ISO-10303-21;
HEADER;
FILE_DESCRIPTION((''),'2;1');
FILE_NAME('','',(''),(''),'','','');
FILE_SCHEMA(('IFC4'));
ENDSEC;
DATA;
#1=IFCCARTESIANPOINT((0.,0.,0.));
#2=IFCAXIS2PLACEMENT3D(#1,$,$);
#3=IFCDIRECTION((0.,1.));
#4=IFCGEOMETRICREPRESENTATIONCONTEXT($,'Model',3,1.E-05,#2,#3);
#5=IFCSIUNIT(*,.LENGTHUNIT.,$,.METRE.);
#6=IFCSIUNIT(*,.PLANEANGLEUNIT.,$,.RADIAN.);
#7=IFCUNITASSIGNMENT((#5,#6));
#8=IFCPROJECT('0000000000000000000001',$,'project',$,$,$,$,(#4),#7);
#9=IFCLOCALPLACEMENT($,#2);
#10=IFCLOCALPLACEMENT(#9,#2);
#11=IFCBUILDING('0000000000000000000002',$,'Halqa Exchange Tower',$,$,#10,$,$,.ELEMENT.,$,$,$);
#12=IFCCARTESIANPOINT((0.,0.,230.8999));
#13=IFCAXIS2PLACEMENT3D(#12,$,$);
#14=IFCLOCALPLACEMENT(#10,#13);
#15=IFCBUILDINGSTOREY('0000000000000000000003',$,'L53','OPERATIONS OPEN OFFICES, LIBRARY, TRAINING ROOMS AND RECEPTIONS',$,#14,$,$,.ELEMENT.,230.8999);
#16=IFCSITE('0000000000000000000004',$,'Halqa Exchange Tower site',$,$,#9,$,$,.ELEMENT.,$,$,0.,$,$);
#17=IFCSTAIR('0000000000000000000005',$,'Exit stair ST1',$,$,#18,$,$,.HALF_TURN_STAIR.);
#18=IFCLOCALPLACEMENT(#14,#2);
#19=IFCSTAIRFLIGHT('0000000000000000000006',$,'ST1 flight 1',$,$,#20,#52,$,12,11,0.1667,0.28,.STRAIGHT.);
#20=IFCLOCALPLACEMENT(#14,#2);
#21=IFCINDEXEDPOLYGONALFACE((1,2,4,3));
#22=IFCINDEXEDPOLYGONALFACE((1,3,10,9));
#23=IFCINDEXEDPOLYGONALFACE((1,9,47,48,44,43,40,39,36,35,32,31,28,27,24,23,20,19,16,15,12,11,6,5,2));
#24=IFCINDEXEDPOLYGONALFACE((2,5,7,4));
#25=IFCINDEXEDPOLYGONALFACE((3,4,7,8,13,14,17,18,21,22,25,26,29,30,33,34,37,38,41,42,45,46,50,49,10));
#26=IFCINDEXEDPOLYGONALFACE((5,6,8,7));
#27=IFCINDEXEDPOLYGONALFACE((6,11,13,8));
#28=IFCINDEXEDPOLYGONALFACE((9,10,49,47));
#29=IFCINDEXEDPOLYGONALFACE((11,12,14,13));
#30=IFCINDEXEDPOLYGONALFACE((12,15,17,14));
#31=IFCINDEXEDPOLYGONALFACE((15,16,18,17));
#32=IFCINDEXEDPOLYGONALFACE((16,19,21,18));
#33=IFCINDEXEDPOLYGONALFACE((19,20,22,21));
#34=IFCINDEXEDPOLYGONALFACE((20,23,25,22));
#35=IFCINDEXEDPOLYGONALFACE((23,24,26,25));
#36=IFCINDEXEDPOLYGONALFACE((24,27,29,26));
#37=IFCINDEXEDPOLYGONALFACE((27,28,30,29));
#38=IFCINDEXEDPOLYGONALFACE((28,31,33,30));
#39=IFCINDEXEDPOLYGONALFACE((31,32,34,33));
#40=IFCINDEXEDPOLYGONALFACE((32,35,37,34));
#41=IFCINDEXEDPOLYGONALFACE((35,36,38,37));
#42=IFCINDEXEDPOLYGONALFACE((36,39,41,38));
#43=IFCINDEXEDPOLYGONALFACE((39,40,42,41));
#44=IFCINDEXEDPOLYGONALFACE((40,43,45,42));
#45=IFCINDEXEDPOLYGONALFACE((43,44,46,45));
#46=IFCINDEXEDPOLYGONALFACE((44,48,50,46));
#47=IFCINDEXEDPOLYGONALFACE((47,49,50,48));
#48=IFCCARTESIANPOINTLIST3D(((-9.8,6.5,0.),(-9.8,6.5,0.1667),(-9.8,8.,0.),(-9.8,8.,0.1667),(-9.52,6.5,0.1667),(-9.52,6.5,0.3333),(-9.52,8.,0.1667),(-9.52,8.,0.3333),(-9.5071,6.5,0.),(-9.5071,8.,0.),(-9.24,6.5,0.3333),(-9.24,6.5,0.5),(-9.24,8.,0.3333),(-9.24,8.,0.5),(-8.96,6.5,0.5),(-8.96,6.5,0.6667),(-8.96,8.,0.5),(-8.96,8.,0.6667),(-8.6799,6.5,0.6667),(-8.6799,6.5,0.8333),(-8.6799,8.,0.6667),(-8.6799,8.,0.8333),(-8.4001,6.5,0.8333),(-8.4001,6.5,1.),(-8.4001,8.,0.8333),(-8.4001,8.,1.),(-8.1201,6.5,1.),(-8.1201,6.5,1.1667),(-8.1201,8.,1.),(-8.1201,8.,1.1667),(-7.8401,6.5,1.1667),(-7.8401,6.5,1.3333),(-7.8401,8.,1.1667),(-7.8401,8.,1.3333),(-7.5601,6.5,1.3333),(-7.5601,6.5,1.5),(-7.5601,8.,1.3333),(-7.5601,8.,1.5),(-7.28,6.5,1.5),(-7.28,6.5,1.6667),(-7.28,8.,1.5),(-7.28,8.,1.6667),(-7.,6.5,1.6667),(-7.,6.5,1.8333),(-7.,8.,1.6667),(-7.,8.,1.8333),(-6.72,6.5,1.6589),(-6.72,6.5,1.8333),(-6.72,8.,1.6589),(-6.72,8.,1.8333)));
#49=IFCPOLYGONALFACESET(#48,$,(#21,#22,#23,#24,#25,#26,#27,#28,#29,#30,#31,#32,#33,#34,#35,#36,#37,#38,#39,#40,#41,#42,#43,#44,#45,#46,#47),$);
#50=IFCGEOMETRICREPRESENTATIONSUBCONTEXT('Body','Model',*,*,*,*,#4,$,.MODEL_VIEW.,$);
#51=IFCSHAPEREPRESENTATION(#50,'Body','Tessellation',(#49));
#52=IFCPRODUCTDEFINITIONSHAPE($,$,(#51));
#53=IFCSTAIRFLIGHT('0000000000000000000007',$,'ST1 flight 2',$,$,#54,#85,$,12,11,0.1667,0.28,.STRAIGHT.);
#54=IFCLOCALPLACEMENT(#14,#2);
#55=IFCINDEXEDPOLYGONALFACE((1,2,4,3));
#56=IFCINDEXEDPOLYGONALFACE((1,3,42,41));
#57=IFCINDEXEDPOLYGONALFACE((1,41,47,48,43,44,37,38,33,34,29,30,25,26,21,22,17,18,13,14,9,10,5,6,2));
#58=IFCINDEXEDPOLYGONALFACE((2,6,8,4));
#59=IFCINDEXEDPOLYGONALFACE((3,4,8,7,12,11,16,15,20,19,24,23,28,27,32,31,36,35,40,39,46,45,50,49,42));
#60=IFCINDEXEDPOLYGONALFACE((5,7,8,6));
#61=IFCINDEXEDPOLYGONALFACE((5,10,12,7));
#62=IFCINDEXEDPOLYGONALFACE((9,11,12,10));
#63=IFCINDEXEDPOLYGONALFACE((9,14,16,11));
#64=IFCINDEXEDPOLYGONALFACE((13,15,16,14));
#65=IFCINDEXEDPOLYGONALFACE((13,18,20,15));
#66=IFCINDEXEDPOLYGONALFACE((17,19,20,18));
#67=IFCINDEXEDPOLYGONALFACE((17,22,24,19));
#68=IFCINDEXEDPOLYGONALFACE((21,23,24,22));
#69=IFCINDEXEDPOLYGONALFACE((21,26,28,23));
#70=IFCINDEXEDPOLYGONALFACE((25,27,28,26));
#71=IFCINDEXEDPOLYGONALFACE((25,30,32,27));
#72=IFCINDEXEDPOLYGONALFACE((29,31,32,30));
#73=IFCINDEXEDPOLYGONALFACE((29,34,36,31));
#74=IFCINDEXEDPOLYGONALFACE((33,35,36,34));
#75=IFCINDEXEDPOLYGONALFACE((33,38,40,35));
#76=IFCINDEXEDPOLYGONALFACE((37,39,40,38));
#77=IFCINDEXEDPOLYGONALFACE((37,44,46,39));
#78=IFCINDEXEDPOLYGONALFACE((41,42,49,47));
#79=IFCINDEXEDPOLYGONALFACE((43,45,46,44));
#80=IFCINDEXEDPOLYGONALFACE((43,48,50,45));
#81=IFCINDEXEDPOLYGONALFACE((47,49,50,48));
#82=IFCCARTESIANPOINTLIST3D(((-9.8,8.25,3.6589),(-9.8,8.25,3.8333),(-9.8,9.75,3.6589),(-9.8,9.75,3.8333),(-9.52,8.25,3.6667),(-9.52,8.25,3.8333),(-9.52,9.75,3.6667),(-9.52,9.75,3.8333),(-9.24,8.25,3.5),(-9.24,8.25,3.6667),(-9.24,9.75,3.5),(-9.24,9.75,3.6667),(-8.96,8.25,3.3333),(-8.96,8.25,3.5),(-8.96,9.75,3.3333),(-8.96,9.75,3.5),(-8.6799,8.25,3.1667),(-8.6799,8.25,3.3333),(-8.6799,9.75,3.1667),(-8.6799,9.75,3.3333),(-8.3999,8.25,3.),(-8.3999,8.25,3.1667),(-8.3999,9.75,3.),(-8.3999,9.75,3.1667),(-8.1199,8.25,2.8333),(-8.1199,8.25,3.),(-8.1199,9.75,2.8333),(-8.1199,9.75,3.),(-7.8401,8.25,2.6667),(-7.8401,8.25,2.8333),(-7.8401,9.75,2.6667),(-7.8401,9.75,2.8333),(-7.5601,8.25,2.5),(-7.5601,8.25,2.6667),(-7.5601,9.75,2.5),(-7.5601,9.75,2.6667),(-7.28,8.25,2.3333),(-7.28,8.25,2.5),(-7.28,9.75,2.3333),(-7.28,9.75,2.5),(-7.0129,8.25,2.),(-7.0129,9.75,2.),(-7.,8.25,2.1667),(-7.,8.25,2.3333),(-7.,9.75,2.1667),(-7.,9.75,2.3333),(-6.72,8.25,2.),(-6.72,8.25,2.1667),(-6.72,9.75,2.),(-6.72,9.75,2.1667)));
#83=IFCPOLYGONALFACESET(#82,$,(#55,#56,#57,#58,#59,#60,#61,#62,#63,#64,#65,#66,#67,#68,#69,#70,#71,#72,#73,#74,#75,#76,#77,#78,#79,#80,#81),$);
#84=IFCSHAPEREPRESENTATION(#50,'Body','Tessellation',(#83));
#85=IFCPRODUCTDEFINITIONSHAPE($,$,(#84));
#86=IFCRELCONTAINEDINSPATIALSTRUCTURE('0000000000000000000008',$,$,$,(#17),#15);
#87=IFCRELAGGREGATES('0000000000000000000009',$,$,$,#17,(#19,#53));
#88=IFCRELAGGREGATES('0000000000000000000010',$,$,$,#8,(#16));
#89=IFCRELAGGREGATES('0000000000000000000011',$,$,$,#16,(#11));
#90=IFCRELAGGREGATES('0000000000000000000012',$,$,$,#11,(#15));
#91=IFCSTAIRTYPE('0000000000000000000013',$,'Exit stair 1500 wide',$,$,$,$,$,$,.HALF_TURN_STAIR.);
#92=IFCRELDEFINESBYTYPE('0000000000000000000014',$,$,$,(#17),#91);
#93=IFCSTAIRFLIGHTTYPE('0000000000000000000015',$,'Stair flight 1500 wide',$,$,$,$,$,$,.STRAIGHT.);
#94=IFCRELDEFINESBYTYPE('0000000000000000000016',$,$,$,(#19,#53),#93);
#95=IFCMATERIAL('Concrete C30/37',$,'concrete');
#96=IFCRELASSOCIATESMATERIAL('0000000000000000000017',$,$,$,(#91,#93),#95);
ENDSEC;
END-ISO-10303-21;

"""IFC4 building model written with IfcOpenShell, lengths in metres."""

from ifc_helpers import new_model, si_unit, direction, frame, origin, place, context, subcontext, project, spatial, polyline, outline, extrude, material, type_object, element, aggregate, save


model = new_model("IFC4")

# Units and contexts
model_context = context("Model", 3, precision=1e-05, world=origin(), true_north=direction((0.0, 1.0)))
body_context = subcontext(model_context, "Body", "Model", "MODEL_VIEW")
ifc_project = project(units=[si_unit("LENGTHUNIT", "METRE"), si_unit("PLANEANGLEUNIT", "RADIAN")], contexts=[model_context])

# Site, building, storey
site_placement = place(None, origin())
site = spatial("IfcSite", under=ifc_project, at=site_placement, Name="Halqa Exchange Tower site", CompositionType="ELEMENT", RefElevation=0.0)
building_placement = place(site_placement, origin())
building = spatial("IfcBuilding", under=site, at=building_placement, Name="Halqa Exchange Tower", CompositionType="ELEMENT")
storey_placement = place(building_placement, frame((0.0, 0.0, 230.8999)))
storey = spatial("IfcBuildingStorey", under=building, at=storey_placement, Name="L53", Description="OPERATIONS OPEN OFFICES, LIBRARY, TRAINING ROOMS AND RECEPTIONS", CompositionType="ELEMENT", Elevation=230.8999)

# Shared definitions
ifc_material_1 = material(Name="Concrete C30/37", Category="concrete")

# Stair, stair flights
stair_type = type_object("IfcStairType", Name="Exit stair 1500 wide", PredefinedType="HALF_TURN_STAIR", material=ifc_material_1)
stair_placement = place(storey_placement, origin())
stair = element("IfcStair", 1, at=stair_placement, inside=storey, type_object=stair_type, Name="Exit stair ST1", PredefinedType="HALF_TURN_STAIR")
stair_flight_type = type_object("IfcStairFlightType", Name="Stair flight 1500 wide", PredefinedType="STRAIGHT", material=ifc_material_1)
stair_flight_1_placement = place(storey_placement, frame((-9.8, 7.25, 0.0), z_axis=(0.0, 0.0, 1.0), x_axis=(1.0, 0.0, 0.0)))
stair_flight_1 = element("IfcStairFlight", 2, at=stair_flight_1_placement, type_object=stair_flight_type, Name="ST1 flight 1", NumberOfRisers=12, NumberOfTreads=11, PredefinedType="STRAIGHT", RiserHeight=0.1667, TreadLength=0.28, context=body_context, shape_type="SweptSolid", body=[
    extrude(outline(polyline([(0.0, 0.0), (0.0, 0.1667), (0.28, 0.1667), (0.28, 0.3333), (0.5601, 0.3333), (0.5601, 0.5), (0.8401, 0.5), (0.8401, 0.6667), (1.1201, 0.6667), (1.1201, 0.8333), (1.3999, 0.8333), (1.3999, 1.0), (1.6799, 1.0), (1.6799, 1.1667), (1.96, 1.1667), (1.96, 1.3333), (2.24, 1.3333), (2.24, 1.5), (2.52, 1.5), (2.52, 1.6667), (2.8, 1.6667), (2.8, 1.8333), (3.0801, 1.8333), (3.0801, 2.0), (3.0801, 1.6589), (0.293, 0.0), (0.0, 0.0)])), frame((0.0, 0.75, 0.0), z_axis=(0.0, -1.0, 0.0), x_axis=(1.0, 0.0, 0.0)), (0.0, 0.0, 1.0), 1.5),
])
stair_flight_2_placement = place(storey_placement, frame((-6.72, 9.0, 2.0), z_axis=(0.0, 0.0, 1.0), x_axis=(-1.0, 0.0, 0.0)))
stair_flight_2 = element("IfcStairFlight", 3, at=stair_flight_2_placement, type_object=stair_flight_type, Name="ST1 flight 2", NumberOfRisers=12, NumberOfTreads=11, PredefinedType="STRAIGHT", RiserHeight=0.1667, TreadLength=0.28, context=body_context, shape_type="SweptSolid", body=[
    extrude(outline(polyline([(0.0, 0.0), (0.0, 0.1667), (0.28, 0.1667), (0.28, 0.3333), (0.5601, 0.3333), (0.5601, 0.5), (0.8401, 0.5), (0.8401, 0.6667), (1.1201, 0.6667), (1.1201, 0.8333), (1.3999, 0.8333), (1.3999, 1.0), (1.6799, 1.0), (1.6799, 1.1667), (1.96, 1.1667), (1.96, 1.3333), (2.24, 1.3333), (2.24, 1.5), (2.52, 1.5), (2.52, 1.6667), (2.8, 1.6667), (2.8, 1.8333), (3.0801, 1.8333), (3.0801, 2.0), (3.0801, 1.6589), (0.293, 0.0), (0.0, 0.0)])), frame((0.0, 0.75, 0.0), z_axis=(0.0, -1.0, 0.0), x_axis=(1.0, 0.0, 0.0)), (0.0, 0.0, 1.0), 1.5),
])
aggregate(stair, [stair_flight_1, stair_flight_2])

save(model, "model.ifc")
